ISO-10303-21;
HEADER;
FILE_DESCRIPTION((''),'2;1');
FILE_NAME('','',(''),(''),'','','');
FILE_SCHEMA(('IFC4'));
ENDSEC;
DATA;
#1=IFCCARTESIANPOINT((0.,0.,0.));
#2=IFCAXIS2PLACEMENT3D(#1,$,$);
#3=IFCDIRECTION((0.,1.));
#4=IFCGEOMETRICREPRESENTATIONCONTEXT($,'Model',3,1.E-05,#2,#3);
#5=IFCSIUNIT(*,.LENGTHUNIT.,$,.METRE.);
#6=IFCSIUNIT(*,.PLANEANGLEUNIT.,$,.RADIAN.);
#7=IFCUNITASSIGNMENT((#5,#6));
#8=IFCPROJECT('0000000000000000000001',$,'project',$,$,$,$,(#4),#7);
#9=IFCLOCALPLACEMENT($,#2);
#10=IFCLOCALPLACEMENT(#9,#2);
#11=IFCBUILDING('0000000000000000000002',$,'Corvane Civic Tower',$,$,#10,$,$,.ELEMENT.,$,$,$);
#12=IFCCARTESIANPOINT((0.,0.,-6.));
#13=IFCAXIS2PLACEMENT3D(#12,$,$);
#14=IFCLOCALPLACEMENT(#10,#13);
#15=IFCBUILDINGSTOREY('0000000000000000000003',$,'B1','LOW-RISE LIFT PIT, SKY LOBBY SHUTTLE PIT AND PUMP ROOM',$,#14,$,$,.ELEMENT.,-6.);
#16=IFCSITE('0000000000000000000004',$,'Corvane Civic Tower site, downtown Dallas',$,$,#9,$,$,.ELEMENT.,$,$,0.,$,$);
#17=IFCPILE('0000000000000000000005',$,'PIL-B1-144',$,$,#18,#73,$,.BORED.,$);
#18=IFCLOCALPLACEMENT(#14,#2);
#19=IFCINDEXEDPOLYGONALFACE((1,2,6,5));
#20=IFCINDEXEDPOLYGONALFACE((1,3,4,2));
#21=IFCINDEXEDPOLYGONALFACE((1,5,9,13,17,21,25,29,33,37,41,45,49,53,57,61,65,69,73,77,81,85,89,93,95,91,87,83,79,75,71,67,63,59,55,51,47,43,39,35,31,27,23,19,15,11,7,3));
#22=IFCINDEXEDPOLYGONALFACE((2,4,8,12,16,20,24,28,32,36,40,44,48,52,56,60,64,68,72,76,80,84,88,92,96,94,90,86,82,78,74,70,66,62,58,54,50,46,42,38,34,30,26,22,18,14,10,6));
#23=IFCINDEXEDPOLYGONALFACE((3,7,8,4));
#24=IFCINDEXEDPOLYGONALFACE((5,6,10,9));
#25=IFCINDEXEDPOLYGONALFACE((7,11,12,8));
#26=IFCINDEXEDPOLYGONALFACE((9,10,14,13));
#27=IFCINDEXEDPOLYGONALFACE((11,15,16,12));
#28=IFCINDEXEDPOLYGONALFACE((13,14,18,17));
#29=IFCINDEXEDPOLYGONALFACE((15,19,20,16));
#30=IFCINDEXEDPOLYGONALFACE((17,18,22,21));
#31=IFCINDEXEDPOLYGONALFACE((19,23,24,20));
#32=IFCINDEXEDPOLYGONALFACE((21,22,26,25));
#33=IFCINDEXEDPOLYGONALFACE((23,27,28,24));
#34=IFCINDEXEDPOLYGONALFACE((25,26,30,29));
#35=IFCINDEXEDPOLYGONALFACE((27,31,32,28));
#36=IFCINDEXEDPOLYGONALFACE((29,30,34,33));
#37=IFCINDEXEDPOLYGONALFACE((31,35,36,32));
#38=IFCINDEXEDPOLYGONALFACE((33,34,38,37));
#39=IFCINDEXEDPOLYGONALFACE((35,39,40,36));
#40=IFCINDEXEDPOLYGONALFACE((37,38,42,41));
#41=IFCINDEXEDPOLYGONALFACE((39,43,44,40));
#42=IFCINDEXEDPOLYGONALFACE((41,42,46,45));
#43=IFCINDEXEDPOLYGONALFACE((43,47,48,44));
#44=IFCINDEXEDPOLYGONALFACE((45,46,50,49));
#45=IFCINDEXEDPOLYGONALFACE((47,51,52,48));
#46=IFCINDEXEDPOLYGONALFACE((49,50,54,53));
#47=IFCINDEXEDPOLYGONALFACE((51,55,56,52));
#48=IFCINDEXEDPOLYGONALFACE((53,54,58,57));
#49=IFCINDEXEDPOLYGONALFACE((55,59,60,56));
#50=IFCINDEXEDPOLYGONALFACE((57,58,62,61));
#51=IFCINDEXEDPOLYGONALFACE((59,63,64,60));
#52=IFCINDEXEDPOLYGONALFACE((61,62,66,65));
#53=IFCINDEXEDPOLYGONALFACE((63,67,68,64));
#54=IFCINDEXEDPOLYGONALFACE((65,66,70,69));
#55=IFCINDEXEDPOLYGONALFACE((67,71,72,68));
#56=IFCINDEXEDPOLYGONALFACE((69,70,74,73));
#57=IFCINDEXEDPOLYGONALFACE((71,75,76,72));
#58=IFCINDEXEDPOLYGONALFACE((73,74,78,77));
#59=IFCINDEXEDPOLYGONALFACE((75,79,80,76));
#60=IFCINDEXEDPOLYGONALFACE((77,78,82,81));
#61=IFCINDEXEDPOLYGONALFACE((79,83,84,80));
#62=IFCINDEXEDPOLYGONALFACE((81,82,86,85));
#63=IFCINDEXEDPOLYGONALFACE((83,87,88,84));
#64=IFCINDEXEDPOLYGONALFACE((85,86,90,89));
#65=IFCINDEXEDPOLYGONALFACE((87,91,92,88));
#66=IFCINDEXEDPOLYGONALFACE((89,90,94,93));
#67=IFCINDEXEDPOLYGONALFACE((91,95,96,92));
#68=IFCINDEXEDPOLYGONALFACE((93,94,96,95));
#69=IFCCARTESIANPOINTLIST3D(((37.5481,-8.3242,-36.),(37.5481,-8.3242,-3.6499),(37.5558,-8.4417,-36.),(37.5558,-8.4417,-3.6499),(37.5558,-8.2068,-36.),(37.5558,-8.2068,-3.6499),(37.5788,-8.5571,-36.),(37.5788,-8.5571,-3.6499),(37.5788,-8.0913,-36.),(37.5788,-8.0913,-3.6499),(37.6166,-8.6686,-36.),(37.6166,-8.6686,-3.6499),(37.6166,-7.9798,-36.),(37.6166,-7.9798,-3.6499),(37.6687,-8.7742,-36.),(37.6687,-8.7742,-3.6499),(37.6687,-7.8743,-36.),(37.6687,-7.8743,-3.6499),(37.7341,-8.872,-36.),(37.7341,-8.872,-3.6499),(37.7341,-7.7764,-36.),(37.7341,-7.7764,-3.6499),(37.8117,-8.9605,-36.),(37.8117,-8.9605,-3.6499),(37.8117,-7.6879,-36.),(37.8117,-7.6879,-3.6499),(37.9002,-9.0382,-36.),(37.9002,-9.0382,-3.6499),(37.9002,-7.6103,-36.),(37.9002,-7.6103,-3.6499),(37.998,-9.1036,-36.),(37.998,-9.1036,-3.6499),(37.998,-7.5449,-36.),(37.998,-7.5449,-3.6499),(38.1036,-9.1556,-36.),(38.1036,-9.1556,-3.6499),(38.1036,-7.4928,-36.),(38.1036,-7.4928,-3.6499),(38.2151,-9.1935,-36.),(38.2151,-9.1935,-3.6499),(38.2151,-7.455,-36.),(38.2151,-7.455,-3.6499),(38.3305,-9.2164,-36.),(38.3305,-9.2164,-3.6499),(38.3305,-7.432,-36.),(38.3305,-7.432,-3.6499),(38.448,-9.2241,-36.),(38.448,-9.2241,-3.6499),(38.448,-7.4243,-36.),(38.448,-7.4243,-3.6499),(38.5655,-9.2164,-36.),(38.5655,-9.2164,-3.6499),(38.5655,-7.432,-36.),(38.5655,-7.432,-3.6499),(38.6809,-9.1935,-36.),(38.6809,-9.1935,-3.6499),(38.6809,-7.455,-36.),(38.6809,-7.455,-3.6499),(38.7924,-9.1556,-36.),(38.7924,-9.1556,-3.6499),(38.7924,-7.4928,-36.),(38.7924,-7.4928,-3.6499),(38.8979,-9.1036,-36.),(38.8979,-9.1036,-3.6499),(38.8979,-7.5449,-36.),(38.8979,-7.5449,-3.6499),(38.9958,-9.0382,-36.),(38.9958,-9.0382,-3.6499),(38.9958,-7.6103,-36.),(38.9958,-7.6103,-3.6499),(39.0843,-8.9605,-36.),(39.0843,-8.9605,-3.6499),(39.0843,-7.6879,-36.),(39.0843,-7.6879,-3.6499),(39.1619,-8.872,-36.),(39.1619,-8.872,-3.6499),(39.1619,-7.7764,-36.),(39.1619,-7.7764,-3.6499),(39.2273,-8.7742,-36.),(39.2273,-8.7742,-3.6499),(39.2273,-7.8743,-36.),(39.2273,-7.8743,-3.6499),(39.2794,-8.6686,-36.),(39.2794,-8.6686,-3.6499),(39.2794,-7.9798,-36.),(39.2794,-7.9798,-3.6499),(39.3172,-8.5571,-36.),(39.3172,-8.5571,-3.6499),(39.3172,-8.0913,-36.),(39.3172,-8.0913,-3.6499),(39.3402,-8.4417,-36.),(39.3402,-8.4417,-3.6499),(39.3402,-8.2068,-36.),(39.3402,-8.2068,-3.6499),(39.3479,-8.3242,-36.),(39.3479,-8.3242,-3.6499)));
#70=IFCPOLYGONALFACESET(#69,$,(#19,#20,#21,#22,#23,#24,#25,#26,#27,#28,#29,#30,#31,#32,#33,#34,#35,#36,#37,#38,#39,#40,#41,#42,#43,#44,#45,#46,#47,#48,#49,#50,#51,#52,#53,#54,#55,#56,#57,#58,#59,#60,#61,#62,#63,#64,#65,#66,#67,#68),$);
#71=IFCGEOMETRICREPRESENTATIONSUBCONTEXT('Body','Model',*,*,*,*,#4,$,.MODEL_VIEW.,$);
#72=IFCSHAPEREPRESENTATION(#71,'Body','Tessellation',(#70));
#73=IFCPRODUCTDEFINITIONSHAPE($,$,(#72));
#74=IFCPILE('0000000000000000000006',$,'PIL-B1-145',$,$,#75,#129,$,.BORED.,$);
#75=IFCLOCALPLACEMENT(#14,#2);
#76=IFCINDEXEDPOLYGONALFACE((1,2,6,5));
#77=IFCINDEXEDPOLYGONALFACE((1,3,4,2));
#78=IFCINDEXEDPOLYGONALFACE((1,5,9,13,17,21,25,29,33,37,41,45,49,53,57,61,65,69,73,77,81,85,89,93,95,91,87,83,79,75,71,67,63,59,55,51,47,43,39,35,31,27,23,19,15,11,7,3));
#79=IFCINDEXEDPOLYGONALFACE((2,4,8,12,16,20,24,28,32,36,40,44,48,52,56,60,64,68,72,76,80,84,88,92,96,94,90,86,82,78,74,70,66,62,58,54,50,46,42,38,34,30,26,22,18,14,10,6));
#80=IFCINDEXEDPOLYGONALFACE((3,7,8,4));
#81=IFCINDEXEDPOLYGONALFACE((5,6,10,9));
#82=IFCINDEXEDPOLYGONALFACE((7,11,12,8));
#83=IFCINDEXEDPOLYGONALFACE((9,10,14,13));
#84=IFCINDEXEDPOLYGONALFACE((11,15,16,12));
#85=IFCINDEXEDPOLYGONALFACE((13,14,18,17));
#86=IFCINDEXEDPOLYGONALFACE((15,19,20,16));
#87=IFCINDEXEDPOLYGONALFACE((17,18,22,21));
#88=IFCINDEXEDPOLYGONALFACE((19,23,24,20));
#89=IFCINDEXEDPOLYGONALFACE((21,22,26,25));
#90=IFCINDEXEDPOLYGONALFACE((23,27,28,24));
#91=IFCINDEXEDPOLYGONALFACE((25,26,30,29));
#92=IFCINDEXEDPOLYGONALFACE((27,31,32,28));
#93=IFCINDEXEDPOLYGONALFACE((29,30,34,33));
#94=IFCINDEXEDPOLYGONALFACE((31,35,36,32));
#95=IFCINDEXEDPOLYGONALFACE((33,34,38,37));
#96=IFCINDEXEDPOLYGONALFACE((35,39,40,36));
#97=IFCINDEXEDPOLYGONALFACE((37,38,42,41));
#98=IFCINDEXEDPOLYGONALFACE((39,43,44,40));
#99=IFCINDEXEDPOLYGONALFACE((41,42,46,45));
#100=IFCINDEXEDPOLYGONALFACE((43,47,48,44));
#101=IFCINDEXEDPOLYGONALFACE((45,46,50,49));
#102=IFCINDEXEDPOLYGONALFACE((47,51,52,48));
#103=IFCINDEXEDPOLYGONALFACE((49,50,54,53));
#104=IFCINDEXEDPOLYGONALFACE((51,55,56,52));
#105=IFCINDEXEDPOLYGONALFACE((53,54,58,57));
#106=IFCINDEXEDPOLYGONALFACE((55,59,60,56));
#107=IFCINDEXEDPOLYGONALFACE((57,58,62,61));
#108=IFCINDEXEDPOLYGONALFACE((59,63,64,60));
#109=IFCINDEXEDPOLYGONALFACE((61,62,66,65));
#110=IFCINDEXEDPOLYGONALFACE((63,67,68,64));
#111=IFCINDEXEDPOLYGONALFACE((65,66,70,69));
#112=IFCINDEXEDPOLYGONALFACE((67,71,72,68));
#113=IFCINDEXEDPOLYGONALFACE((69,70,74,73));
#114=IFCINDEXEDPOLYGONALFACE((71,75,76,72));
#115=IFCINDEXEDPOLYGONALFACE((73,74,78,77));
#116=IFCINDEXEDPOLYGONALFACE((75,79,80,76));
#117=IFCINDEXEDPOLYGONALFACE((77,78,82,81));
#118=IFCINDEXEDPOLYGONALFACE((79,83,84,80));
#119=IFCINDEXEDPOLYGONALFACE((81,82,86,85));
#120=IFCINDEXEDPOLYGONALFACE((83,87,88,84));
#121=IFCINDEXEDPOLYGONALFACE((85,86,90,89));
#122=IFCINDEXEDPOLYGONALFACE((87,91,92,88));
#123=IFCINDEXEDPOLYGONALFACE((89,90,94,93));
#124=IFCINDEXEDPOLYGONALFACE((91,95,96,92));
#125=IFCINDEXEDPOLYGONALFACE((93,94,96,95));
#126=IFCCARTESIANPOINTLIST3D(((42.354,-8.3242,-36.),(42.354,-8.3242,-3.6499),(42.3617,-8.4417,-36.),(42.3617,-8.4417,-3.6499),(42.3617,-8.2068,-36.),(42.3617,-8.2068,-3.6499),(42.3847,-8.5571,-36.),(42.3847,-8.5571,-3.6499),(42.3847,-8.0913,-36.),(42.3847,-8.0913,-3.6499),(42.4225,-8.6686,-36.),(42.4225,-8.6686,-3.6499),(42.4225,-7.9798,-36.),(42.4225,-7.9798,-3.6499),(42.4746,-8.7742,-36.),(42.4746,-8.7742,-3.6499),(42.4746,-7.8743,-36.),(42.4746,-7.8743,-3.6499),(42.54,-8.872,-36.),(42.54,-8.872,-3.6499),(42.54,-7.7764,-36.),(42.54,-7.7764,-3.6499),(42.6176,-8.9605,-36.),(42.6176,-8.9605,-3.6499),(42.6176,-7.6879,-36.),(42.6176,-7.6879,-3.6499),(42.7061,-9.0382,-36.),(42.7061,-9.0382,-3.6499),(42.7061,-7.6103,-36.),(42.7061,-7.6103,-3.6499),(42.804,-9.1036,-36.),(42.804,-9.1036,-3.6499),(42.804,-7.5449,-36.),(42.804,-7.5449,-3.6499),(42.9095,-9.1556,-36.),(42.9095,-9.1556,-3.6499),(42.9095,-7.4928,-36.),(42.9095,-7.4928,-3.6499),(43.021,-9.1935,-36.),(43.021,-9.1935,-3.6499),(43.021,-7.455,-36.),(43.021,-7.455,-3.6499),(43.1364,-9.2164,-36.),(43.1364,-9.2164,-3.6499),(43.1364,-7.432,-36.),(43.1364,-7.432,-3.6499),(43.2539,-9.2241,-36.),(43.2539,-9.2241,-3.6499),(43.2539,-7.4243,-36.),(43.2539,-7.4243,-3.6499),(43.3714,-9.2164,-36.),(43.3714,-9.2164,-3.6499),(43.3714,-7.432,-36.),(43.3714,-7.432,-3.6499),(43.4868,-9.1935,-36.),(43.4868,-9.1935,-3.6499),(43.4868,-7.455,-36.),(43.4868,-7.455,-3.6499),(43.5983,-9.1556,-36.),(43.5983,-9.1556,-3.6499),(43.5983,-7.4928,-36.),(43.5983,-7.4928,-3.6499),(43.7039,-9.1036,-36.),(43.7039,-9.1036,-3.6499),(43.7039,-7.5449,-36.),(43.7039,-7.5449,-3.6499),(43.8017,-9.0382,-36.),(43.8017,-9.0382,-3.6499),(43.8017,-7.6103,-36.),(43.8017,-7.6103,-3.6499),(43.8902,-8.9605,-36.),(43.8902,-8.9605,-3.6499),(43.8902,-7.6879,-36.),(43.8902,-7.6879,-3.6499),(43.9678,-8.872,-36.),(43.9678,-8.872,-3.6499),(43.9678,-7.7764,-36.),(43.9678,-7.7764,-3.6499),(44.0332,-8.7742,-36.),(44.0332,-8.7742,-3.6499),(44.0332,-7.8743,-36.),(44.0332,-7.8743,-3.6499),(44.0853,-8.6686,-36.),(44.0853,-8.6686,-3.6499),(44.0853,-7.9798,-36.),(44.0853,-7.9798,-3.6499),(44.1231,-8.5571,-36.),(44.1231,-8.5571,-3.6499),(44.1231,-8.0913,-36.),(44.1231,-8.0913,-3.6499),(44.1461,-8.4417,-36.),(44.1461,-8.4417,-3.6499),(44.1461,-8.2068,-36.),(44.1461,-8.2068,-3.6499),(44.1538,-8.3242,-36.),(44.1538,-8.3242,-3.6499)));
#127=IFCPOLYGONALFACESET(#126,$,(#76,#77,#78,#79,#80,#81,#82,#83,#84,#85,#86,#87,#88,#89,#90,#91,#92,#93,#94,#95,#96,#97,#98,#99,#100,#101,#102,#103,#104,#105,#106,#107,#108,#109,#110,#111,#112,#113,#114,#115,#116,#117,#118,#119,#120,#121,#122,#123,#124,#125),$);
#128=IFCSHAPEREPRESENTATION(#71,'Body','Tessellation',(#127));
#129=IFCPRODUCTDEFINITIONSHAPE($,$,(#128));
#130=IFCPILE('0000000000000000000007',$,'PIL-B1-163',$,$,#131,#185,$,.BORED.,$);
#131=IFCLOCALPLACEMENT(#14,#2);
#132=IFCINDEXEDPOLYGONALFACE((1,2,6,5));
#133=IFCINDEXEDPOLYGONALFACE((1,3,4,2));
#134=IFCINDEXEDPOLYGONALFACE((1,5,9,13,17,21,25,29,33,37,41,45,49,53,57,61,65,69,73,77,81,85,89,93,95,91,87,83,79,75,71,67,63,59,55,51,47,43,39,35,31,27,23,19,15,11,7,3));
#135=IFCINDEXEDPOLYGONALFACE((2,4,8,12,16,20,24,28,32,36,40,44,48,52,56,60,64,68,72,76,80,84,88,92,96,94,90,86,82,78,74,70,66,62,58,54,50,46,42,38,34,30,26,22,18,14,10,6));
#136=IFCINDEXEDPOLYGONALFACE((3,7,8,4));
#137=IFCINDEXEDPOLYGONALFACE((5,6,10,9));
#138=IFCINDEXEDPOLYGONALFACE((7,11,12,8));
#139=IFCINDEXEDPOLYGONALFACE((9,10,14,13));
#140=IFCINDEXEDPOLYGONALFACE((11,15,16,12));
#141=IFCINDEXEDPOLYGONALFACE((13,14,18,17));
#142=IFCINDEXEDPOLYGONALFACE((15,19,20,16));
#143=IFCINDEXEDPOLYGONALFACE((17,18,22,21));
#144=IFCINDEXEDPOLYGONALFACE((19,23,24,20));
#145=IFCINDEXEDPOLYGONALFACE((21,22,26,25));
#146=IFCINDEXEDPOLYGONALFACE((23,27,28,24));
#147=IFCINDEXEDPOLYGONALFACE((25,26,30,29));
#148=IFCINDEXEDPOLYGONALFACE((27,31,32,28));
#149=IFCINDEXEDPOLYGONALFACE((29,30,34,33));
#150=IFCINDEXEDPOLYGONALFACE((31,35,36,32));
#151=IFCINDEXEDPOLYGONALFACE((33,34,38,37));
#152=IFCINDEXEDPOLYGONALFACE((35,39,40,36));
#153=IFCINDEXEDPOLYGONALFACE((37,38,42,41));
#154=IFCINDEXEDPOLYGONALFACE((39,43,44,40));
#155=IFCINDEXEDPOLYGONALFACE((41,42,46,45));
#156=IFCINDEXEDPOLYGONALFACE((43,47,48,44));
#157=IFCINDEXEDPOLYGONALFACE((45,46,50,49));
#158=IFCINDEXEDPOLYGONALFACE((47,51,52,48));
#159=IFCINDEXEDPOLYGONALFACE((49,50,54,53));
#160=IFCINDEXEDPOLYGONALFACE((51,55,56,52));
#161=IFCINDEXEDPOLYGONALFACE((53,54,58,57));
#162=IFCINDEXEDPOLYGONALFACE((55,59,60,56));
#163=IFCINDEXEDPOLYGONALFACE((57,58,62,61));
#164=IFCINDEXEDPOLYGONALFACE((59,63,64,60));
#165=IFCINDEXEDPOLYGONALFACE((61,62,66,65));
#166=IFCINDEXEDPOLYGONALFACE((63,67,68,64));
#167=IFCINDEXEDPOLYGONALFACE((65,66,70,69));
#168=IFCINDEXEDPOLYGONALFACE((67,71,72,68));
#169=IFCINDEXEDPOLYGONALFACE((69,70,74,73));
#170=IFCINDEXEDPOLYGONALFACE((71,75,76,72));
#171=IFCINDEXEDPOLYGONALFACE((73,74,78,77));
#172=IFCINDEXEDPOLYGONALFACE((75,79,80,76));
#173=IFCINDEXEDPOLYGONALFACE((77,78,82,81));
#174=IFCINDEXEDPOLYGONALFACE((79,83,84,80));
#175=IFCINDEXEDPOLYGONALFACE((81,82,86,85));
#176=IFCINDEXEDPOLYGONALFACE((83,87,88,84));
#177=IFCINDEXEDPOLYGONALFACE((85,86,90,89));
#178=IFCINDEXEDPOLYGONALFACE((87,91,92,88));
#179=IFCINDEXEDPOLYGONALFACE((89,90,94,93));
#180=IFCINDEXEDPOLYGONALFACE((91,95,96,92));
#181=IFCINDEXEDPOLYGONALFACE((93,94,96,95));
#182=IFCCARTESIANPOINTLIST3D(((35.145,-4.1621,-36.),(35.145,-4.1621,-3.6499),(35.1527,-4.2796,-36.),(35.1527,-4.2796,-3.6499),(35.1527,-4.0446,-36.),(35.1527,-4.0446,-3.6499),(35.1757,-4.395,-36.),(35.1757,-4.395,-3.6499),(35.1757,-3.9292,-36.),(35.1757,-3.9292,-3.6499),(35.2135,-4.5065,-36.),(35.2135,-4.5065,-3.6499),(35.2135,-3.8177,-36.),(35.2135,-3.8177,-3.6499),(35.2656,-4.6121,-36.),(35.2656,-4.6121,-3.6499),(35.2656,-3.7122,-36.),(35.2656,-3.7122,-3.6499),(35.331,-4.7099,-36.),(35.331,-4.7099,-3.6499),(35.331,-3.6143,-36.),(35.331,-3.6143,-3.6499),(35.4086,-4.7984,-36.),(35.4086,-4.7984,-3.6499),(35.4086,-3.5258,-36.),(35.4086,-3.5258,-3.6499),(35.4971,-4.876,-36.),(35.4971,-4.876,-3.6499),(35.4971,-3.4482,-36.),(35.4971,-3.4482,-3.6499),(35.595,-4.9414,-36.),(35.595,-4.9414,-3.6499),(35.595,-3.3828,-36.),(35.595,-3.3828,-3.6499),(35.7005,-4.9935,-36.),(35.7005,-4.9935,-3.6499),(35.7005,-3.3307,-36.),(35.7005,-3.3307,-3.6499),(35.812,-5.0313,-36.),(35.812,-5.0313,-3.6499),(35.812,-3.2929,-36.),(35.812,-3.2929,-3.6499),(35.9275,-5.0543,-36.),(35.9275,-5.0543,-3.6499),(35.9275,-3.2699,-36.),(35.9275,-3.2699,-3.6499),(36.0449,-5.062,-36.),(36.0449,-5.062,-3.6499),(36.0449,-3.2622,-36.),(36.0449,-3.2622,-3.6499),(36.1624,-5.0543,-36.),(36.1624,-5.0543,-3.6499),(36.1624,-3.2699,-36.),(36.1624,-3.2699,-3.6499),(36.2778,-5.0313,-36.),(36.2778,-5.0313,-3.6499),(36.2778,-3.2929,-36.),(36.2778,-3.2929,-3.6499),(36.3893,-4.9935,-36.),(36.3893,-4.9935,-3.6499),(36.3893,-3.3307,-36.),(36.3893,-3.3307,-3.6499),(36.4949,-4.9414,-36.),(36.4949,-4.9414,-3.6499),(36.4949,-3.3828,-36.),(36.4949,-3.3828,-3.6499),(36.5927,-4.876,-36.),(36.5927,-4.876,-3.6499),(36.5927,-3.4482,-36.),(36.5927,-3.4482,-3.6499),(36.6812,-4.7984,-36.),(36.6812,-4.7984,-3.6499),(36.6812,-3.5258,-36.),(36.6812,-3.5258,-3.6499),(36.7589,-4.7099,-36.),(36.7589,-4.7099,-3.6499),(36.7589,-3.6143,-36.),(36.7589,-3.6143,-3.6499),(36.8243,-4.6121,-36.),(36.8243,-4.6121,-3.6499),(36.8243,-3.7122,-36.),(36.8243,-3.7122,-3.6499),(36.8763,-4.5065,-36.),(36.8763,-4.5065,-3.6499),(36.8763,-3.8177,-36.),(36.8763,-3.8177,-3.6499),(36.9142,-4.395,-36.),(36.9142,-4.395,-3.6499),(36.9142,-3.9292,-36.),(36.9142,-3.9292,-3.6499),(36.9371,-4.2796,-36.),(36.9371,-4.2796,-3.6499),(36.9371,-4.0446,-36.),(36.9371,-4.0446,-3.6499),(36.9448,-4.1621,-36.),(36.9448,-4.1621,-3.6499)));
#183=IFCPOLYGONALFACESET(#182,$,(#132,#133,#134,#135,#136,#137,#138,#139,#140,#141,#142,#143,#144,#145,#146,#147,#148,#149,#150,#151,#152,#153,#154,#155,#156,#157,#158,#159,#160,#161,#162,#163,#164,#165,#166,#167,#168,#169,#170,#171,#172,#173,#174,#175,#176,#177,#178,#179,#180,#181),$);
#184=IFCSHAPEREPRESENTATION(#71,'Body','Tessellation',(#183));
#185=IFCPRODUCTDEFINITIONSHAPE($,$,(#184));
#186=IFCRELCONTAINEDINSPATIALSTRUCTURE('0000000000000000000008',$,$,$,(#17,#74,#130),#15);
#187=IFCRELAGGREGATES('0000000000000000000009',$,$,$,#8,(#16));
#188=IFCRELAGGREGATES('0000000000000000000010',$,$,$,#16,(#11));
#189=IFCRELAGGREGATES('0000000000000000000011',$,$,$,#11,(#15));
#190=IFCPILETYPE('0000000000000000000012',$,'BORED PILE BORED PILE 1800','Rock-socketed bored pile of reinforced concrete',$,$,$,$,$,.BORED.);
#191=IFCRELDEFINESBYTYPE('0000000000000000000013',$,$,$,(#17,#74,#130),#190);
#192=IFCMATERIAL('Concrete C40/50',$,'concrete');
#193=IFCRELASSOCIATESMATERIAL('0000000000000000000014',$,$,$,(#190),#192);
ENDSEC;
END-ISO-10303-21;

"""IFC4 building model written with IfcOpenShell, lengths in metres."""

from ifc_helpers import new_model, si_unit, direction, frame, origin, origin_2d, place, context, subcontext, project, spatial, circle, extrude, material, material_profile, profile_set, type_object, element, save


model = new_model("IFC4")

# Units and contexts
model_context = context("Model", 3, precision=1e-05, world=origin(), true_north=direction((0.0, 1.0)))
body_context = subcontext(model_context, "Body", "Model", "MODEL_VIEW")
ifc_project = project(units=[si_unit("LENGTHUNIT", "METRE"), si_unit("PLANEANGLEUNIT", "RADIAN")], contexts=[model_context])

# Site, building, storey
site_placement = place(None, origin())
site = spatial("IfcSite", under=ifc_project, at=site_placement, Name="Corvane Civic Tower site, downtown Dallas", CompositionType="ELEMENT", RefElevation=0.0)
building_placement = place(site_placement, origin())
building = spatial("IfcBuilding", under=site, at=building_placement, Name="Corvane Civic Tower", CompositionType="ELEMENT")
storey_placement = place(building_placement, frame((0.0, 0.0, -6.0)))
storey = spatial("IfcBuildingStorey", under=building, at=storey_placement, Name="B1", Description="LOW-RISE LIFT PIT, SKY LOBBY SHUTTLE PIT AND PUMP ROOM", CompositionType="ELEMENT", Elevation=-6.0)

# Piles
ifc_material_1 = material(Name="Concrete C40/50", Category="concrete")
ifc_material_profile_1 = material_profile(ifc_material_1, circle(Radius=0.8999, at=origin_2d()), Name="BORED PILE 1800")
ifc_profile_set_1 = profile_set([ifc_material_profile_1], Name="Concrete C40/50")
pile_type_1 = type_object("IfcPileType", Name="BORED PILE BORED PILE 1800", Description="Rock-socketed bored pile of reinforced concrete", PredefinedType="BORED", material=ifc_profile_set_1)
for number, where, z_axis, x_axis, name in (
    (1, (38.448, -8.3242, -3.6499), (0.0, 0.0, -1.0), (1.0, 0.0, 0.0), "PIL-B1-144"),
    (2, (43.2539, -8.3242, -3.6499), (0.0, 0.0, -1.0), (1.0, 0.0, 0.0), "PIL-B1-145"),
    (3, (36.0449, -4.1621, -3.6499), (0.0, 0.0, -1.0), (1.0, 0.0, 0.0), "PIL-B1-163"),
):
    element("IfcPile", number, at=place(storey_placement, frame(where, z_axis=z_axis, x_axis=x_axis)), inside=storey, type_object=pile_type_1, Name=name, PredefinedType="BORED", context=body_context, shape_type="SweptSolid", body=[
        extrude(circle(Radius=0.8999, at=origin_2d()), origin(), (0.0, 0.0, 1.0), 32.3501),
    ])

save(model, "model.ifc")
